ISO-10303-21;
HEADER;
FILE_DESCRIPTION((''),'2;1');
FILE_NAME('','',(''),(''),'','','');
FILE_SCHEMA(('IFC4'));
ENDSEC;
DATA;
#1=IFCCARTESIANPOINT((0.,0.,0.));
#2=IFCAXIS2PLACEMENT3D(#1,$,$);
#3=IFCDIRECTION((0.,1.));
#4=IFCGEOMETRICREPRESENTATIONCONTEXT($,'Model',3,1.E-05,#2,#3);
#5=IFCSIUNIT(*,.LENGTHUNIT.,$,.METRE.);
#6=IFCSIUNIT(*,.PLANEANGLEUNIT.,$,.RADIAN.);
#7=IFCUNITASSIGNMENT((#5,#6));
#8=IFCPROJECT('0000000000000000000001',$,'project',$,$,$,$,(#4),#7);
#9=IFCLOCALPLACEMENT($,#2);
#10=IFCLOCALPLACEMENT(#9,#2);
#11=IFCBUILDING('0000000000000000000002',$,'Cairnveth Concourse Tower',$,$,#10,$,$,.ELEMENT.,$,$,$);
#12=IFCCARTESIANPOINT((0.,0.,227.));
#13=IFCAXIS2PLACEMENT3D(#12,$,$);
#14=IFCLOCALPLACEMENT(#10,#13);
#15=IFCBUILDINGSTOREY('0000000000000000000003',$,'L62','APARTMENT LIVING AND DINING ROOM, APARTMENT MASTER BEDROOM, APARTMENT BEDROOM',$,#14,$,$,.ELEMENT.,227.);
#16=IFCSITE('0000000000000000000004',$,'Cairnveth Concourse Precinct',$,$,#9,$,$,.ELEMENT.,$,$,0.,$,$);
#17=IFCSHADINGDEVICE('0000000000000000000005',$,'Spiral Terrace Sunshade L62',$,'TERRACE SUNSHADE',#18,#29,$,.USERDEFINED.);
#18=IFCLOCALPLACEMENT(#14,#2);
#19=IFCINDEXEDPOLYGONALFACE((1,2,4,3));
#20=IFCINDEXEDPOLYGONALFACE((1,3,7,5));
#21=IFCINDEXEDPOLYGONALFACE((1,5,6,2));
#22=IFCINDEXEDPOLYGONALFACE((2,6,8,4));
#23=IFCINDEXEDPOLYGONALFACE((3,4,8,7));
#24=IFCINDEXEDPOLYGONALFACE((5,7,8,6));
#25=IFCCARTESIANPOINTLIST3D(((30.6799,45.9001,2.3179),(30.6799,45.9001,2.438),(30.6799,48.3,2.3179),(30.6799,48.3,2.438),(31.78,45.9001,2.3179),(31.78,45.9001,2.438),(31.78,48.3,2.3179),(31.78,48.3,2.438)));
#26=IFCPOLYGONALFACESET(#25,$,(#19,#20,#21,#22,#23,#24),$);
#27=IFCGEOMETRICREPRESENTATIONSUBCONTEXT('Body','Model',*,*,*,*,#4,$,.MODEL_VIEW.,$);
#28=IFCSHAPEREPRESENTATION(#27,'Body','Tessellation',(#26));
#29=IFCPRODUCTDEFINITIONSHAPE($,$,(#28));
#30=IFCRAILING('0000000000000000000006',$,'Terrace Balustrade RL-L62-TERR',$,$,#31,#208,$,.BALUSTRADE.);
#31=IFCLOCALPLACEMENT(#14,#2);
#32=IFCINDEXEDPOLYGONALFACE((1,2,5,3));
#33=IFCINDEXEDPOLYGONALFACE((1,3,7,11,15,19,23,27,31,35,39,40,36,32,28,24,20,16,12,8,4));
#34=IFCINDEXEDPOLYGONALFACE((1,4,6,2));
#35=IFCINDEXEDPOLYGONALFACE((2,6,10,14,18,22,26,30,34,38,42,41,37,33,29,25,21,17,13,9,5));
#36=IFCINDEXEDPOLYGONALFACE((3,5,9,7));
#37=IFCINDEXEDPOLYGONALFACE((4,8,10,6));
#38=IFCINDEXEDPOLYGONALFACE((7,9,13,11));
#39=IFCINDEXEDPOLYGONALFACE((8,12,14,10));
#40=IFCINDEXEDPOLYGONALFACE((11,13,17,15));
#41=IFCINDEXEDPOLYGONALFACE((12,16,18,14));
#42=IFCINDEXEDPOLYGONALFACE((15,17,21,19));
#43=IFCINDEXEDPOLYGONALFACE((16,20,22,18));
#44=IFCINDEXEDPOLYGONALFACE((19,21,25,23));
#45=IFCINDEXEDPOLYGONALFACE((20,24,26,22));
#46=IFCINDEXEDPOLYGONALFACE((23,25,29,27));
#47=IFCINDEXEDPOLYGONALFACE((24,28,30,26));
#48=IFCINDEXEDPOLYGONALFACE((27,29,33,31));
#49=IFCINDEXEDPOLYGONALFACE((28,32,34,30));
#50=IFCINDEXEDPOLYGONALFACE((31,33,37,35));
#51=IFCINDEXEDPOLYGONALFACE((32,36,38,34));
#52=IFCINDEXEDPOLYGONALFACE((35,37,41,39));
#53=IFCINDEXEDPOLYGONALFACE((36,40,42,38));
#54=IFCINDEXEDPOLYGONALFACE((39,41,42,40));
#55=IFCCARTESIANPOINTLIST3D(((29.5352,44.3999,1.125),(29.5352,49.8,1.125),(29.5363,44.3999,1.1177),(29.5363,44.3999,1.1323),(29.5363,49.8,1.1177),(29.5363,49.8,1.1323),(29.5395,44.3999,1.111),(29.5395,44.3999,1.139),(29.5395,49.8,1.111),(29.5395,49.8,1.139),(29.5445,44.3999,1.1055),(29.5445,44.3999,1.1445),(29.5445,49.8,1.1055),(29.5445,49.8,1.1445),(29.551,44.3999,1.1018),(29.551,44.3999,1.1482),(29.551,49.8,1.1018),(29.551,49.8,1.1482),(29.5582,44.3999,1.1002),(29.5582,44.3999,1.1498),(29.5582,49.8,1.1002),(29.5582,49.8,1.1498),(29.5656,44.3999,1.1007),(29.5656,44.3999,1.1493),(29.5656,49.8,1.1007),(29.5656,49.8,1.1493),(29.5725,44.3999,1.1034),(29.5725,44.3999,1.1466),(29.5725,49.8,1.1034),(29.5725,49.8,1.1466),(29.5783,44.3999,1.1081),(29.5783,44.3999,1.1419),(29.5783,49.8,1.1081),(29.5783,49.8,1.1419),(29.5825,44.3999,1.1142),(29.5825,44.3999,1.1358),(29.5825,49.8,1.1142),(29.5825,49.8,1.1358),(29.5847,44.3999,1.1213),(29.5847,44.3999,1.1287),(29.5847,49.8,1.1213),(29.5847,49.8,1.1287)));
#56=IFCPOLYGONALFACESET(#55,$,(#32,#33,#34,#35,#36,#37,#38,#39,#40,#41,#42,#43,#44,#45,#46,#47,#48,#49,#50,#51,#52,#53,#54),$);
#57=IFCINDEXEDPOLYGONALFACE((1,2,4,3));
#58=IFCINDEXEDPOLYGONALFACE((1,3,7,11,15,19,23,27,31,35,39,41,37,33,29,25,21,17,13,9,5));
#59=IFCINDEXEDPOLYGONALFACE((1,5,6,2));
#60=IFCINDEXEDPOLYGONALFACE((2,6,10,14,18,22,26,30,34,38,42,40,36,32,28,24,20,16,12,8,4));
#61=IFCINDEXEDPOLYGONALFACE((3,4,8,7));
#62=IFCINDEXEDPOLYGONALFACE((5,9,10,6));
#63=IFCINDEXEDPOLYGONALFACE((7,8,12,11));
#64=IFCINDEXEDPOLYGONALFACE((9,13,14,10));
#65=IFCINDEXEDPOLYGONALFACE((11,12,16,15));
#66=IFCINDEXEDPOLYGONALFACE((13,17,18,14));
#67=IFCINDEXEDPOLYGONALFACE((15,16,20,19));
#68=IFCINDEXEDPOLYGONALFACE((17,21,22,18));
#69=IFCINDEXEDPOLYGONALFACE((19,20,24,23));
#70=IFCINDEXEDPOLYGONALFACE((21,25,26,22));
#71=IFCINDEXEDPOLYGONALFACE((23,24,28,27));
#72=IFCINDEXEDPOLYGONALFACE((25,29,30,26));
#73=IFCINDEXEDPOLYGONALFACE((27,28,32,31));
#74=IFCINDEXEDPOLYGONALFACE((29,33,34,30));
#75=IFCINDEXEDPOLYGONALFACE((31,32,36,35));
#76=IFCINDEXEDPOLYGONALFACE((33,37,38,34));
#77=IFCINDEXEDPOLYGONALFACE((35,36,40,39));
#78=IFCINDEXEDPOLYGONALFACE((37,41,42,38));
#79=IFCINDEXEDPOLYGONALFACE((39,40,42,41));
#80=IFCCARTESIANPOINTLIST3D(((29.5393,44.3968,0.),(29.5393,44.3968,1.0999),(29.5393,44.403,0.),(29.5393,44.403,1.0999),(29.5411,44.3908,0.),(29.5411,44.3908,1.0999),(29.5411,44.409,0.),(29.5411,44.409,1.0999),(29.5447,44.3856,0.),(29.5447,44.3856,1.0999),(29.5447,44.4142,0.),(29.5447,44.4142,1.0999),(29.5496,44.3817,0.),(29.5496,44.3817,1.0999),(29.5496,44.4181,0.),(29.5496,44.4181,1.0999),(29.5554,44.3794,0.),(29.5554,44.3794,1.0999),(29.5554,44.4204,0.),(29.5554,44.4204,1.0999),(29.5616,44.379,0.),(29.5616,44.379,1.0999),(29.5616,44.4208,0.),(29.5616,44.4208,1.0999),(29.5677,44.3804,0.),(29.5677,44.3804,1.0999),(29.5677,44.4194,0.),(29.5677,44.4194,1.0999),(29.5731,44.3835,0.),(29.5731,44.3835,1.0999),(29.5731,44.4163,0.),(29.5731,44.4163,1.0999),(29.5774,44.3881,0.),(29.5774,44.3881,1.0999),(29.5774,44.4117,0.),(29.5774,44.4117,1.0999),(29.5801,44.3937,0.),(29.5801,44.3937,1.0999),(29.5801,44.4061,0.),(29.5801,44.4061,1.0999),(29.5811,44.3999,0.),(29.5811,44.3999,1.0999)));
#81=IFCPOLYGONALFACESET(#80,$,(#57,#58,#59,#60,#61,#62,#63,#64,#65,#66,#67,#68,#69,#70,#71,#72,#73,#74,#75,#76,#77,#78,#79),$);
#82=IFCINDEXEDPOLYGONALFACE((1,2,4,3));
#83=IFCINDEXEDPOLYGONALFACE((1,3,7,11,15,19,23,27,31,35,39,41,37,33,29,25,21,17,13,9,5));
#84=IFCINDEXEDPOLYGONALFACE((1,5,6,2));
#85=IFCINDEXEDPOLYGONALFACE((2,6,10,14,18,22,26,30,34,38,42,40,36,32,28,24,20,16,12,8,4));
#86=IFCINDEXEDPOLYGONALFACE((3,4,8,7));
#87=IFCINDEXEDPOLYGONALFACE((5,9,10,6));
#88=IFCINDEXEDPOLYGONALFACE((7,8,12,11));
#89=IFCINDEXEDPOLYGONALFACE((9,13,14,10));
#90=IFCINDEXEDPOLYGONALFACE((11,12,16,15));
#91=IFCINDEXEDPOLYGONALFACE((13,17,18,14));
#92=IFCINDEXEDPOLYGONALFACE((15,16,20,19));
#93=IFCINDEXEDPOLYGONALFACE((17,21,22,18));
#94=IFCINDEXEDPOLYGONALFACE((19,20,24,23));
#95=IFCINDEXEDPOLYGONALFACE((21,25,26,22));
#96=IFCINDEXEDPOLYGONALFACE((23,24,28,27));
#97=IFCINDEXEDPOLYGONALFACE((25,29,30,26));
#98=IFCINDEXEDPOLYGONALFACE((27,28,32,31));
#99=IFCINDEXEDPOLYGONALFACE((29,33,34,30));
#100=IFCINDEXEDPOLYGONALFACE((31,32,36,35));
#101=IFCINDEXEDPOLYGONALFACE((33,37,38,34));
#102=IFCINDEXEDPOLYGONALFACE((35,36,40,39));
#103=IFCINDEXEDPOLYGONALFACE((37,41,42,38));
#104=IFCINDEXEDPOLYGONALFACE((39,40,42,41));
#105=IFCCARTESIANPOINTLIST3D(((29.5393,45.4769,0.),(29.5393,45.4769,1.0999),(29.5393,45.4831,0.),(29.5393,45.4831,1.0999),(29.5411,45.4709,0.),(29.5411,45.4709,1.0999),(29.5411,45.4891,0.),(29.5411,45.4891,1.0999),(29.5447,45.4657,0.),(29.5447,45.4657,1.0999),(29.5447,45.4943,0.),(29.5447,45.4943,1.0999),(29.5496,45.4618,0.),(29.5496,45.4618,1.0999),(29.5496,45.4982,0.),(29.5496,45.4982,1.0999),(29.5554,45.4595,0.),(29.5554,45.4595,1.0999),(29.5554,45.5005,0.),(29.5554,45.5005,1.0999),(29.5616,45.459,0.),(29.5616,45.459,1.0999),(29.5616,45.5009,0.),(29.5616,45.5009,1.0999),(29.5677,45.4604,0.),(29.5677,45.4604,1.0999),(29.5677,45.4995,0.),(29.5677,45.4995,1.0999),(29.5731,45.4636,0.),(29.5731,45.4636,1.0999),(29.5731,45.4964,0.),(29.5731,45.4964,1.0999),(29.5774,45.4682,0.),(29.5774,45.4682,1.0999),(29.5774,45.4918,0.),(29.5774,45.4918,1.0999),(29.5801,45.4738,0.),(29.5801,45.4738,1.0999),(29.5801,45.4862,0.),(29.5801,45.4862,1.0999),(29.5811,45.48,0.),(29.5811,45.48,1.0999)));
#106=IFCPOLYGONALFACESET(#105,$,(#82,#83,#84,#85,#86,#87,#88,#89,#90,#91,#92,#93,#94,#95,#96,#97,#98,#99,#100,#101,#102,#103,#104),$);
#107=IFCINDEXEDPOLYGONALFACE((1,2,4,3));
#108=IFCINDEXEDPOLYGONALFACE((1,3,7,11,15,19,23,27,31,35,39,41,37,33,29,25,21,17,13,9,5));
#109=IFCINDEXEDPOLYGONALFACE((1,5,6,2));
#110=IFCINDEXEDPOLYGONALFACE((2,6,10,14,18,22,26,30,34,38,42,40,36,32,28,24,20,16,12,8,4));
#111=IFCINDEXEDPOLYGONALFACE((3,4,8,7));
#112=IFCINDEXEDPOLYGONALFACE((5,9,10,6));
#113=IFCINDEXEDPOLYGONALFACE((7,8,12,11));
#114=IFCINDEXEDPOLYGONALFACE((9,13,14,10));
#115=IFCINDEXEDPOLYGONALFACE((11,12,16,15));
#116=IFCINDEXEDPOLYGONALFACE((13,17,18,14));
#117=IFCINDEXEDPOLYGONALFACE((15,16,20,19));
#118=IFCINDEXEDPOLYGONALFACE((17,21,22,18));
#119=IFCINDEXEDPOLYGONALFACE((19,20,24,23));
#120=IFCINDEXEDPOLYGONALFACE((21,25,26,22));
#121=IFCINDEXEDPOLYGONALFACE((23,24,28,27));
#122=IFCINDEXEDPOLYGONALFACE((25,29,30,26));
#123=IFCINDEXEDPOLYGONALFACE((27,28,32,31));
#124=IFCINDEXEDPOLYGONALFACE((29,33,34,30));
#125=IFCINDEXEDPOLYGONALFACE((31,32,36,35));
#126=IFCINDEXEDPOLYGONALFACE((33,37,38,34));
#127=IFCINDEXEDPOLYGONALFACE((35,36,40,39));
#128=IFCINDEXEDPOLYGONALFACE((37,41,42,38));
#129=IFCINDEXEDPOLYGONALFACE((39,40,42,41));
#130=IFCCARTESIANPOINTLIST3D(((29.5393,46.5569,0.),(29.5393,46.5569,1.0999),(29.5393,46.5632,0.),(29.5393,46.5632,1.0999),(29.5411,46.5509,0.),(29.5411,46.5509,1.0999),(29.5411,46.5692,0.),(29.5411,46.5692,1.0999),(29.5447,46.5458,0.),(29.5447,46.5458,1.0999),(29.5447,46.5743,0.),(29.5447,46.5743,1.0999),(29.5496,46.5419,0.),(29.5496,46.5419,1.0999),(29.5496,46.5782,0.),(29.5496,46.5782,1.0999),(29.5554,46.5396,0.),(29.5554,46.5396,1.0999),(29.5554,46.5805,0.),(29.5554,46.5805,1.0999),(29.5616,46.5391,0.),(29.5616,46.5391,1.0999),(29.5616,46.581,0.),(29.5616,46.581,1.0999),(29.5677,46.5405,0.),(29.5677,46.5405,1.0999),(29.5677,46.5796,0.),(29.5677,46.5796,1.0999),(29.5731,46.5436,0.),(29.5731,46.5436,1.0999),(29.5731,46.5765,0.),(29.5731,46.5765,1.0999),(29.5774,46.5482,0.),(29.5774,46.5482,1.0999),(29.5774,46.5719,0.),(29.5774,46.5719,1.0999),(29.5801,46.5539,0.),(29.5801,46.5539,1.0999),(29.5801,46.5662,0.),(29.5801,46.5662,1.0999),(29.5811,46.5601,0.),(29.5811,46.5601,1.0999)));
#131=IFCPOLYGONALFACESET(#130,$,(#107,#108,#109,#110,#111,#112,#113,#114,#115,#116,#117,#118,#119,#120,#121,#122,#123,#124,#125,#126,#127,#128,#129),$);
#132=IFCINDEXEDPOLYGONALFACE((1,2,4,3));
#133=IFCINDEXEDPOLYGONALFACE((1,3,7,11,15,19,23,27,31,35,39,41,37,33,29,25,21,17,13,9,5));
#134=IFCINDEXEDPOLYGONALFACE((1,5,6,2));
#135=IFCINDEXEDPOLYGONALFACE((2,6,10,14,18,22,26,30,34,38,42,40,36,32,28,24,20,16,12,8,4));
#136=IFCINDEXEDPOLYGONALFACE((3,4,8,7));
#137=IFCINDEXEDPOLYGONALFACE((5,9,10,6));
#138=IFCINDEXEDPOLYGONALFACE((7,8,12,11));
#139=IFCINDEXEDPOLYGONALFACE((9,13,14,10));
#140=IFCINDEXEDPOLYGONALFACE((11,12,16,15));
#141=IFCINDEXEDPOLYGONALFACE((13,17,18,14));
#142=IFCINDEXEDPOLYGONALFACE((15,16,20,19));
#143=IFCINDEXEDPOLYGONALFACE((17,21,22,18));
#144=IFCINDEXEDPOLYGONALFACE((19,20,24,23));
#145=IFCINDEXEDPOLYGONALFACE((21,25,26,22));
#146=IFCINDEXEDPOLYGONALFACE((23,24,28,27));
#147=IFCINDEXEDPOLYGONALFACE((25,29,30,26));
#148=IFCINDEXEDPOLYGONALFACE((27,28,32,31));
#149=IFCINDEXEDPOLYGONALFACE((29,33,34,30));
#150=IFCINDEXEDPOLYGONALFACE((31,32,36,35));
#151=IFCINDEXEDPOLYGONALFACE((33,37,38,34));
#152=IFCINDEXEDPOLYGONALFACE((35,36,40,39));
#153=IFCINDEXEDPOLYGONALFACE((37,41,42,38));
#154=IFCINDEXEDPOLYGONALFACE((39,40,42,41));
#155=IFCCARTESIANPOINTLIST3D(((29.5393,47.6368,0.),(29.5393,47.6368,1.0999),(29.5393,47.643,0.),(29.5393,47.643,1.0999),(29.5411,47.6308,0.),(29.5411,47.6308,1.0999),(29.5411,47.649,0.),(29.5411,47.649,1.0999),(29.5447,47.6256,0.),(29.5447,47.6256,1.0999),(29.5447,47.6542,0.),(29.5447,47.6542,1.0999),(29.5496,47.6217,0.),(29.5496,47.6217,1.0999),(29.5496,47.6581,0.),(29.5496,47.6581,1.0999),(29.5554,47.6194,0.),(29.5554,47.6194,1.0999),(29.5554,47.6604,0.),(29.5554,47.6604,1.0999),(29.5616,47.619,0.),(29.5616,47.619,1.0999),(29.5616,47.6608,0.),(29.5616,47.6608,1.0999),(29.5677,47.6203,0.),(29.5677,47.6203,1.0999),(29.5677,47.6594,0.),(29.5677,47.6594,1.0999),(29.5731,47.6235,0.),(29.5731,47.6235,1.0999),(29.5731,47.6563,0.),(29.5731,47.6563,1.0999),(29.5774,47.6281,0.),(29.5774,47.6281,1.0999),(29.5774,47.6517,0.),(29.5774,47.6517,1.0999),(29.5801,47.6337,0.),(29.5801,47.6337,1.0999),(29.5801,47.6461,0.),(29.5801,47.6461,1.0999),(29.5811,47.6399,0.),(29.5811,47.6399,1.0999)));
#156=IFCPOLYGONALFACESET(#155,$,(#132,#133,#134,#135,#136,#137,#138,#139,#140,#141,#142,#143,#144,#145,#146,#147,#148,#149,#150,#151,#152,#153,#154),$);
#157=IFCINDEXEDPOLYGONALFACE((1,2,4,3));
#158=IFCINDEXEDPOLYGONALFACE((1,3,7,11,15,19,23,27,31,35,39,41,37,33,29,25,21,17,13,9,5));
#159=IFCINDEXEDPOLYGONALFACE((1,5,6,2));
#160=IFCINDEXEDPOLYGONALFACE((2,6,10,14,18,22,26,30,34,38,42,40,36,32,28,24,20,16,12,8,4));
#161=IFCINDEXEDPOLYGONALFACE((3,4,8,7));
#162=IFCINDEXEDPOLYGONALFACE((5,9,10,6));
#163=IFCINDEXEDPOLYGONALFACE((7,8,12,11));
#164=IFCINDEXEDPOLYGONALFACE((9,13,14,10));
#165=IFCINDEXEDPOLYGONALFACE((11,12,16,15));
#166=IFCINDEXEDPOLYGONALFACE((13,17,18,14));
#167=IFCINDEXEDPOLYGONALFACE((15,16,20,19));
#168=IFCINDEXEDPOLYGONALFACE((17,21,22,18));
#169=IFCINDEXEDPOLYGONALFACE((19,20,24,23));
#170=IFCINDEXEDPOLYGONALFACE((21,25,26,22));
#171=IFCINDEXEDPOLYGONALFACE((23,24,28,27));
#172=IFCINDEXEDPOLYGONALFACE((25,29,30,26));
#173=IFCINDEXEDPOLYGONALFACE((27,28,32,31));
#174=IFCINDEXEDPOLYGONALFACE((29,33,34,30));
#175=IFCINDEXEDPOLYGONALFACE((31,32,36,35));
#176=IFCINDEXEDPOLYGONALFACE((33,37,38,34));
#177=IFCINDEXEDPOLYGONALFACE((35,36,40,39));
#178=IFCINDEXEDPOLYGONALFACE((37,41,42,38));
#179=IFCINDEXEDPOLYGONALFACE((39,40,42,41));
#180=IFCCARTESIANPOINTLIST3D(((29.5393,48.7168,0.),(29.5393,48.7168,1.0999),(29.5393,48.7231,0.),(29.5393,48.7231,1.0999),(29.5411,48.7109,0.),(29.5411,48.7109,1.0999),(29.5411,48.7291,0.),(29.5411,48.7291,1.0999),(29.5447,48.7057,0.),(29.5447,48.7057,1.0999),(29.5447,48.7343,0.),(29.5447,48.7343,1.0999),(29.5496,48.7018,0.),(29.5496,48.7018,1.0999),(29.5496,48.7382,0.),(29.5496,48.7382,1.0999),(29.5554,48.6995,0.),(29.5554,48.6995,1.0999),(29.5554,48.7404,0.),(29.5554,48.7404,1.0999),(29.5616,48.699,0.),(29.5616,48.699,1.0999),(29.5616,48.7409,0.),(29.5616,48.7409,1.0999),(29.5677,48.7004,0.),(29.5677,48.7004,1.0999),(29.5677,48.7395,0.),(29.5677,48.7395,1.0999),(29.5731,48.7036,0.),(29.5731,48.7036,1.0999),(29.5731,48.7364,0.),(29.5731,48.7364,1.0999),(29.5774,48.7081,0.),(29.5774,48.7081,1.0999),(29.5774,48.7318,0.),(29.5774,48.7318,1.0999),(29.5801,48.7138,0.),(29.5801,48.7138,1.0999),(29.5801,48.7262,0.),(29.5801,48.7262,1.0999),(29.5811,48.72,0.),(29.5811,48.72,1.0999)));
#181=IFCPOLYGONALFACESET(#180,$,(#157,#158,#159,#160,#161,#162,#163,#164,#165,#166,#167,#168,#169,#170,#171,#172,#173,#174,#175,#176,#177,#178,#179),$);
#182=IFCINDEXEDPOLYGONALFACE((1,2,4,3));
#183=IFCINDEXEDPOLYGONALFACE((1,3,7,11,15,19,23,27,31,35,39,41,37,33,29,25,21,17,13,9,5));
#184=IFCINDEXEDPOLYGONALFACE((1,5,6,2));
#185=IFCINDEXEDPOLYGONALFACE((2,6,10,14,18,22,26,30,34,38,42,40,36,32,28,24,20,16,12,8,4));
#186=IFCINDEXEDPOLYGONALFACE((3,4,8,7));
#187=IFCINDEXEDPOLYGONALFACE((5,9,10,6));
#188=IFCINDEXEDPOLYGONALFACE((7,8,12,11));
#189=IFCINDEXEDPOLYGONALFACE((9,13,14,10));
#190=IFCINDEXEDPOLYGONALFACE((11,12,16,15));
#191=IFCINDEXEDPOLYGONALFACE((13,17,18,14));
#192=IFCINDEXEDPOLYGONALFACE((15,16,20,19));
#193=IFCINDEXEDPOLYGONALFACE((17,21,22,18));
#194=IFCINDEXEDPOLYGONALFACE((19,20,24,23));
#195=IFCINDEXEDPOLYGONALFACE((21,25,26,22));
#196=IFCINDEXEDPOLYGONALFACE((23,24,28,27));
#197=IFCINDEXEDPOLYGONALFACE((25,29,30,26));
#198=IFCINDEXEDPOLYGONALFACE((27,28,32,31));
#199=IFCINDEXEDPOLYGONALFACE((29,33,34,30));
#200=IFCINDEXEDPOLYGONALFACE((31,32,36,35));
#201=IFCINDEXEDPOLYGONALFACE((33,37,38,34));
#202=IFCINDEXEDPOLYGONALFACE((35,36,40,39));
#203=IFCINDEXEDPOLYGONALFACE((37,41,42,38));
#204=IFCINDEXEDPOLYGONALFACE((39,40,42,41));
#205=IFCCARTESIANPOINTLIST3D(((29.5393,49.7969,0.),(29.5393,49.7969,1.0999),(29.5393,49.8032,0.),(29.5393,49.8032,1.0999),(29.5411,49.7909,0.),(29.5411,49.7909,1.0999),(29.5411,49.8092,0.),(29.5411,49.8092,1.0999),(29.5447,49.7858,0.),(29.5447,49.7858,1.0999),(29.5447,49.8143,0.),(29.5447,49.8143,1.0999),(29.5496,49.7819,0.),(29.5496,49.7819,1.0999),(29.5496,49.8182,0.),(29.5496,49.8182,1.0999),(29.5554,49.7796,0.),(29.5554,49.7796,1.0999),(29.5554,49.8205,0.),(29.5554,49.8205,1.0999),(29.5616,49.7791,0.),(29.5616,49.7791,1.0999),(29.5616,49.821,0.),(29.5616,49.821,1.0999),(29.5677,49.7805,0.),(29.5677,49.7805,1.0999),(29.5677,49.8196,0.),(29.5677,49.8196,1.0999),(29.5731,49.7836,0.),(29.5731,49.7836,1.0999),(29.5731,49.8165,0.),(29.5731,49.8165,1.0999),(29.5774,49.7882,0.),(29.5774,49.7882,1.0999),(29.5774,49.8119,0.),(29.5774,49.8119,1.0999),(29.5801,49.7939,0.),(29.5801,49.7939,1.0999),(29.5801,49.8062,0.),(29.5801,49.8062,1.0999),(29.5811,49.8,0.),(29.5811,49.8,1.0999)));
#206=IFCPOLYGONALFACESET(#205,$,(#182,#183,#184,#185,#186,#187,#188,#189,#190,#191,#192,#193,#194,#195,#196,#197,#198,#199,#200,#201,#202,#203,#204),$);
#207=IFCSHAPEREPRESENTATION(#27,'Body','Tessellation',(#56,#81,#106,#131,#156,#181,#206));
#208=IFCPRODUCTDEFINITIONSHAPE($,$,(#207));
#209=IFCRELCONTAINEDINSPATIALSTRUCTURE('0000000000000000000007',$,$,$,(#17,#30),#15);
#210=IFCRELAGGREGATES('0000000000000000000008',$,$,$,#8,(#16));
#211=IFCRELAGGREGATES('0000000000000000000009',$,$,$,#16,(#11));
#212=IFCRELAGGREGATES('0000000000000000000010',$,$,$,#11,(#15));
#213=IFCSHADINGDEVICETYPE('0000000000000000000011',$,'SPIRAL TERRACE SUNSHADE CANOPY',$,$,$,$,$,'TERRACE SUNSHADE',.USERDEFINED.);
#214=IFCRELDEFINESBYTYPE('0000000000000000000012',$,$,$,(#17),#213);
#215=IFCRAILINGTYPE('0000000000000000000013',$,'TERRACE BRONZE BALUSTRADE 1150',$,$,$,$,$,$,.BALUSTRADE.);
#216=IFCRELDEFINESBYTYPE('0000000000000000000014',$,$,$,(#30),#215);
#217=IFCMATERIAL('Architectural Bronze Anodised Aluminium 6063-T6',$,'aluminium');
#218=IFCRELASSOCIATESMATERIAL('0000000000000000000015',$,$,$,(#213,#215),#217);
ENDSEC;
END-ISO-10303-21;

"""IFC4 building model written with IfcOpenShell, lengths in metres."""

from ifc_helpers import new_model, si_unit, direction, frame, origin, origin_2d, place, context, subcontext, project, spatial, rectangle, circle, extrude, material, type_object, element, save


model = new_model("IFC4")

# Units and contexts
model_context = context("Model", 3, precision=1e-05, world=origin(), true_north=direction((0.0, 1.0)))
body_context = subcontext(model_context, "Body", "Model", "MODEL_VIEW")
ifc_project = project(units=[si_unit("LENGTHUNIT", "METRE"), si_unit("PLANEANGLEUNIT", "RADIAN")], contexts=[model_context])

# Site, building, storey
site_placement = place(None, origin())
site = spatial("IfcSite", under=ifc_project, at=site_placement, Name="Cairnveth Concourse Precinct", CompositionType="ELEMENT", RefElevation=0.0)
building_placement = place(site_placement, origin())
building = spatial("IfcBuilding", under=site, at=building_placement, Name="Cairnveth Concourse Tower", CompositionType="ELEMENT")
storey_placement = place(building_placement, frame((0.0, 0.0, 227.0)))
storey = spatial("IfcBuildingStorey", under=building, at=storey_placement, Name="L62", Description="APARTMENT LIVING AND DINING ROOM, APARTMENT MASTER BEDROOM, APARTMENT BEDROOM", CompositionType="ELEMENT", Elevation=227.0)

# Shared definitions
ifc_material_1 = material(Name="Architectural Bronze Anodised Aluminium 6063-T6", Category="aluminium")

# Shading device
shading_device_type_1 = type_object("IfcShadingDeviceType", Name="SPIRAL TERRACE SUNSHADE CANOPY", ElementType="TERRACE SUNSHADE", PredefinedType="USERDEFINED", material=ifc_material_1)
shading_device_1_placement = place(storey_placement, frame((31.23, 47.1001, 2.3179), z_axis=(0.0, 0.0, 1.0), x_axis=(1.0, 0.0, 0.0)))
element("IfcShadingDevice", 1, at=shading_device_1_placement, inside=storey, type_object=shading_device_type_1, Name="Spiral Terrace Sunshade L62", ObjectType="TERRACE SUNSHADE", PredefinedType="USERDEFINED", context=body_context, shape_type="SweptSolid", body=[
    extrude(rectangle(XDim=1.1001, YDim=2.3999, at=origin_2d()), origin(), (0.0, 0.0, 1.0), 0.1201),
])

# Railing
railing_type = type_object("IfcRailingType", Name="TERRACE BRONZE BALUSTRADE 1150", PredefinedType="BALUSTRADE", material=ifc_material_1)
railing_placement = place(storey_placement, frame((29.5601, 44.3999, 0.0)))
element("IfcRailing", 2, at=railing_placement, inside=storey, type_object=railing_type, Name="Terrace Balustrade RL-L62-TERR", PredefinedType="BALUSTRADE", context=body_context, shape_type="SweptSolid", body=[
    extrude(circle(Radius=0.0249, at=origin_2d()), frame((0.0, 0.0, 1.125), z_axis=(0.0, 1.0, 0.0), x_axis=(-1.0, 0.0, 0.0)), (0.0, 0.0, 1.0), 5.4001),
    extrude(circle(Radius=0.021, at=origin_2d()), origin(), (0.0, 0.0, 1.0), 1.0999),
    extrude(circle(Radius=0.021, at=origin_2d()), frame((0.0, 1.0801, 0.0)), (0.0, 0.0, 1.0), 1.0999),
    extrude(circle(Radius=0.021, at=origin_2d()), frame((0.0, 2.1602, 0.0)), (0.0, 0.0, 1.0), 1.0999),
    extrude(circle(Radius=0.021, at=origin_2d()), frame((0.0, 3.24, 0.0)), (0.0, 0.0, 1.0), 1.0999),
    extrude(circle(Radius=0.021, at=origin_2d()), frame((0.0, 4.3201, 0.0)), (0.0, 0.0, 1.0), 1.0999),
    extrude(circle(Radius=0.021, at=origin_2d()), frame((0.0, 5.4001, 0.0)), (0.0, 0.0, 1.0), 1.0999),
])

save(model, "model.ifc")
